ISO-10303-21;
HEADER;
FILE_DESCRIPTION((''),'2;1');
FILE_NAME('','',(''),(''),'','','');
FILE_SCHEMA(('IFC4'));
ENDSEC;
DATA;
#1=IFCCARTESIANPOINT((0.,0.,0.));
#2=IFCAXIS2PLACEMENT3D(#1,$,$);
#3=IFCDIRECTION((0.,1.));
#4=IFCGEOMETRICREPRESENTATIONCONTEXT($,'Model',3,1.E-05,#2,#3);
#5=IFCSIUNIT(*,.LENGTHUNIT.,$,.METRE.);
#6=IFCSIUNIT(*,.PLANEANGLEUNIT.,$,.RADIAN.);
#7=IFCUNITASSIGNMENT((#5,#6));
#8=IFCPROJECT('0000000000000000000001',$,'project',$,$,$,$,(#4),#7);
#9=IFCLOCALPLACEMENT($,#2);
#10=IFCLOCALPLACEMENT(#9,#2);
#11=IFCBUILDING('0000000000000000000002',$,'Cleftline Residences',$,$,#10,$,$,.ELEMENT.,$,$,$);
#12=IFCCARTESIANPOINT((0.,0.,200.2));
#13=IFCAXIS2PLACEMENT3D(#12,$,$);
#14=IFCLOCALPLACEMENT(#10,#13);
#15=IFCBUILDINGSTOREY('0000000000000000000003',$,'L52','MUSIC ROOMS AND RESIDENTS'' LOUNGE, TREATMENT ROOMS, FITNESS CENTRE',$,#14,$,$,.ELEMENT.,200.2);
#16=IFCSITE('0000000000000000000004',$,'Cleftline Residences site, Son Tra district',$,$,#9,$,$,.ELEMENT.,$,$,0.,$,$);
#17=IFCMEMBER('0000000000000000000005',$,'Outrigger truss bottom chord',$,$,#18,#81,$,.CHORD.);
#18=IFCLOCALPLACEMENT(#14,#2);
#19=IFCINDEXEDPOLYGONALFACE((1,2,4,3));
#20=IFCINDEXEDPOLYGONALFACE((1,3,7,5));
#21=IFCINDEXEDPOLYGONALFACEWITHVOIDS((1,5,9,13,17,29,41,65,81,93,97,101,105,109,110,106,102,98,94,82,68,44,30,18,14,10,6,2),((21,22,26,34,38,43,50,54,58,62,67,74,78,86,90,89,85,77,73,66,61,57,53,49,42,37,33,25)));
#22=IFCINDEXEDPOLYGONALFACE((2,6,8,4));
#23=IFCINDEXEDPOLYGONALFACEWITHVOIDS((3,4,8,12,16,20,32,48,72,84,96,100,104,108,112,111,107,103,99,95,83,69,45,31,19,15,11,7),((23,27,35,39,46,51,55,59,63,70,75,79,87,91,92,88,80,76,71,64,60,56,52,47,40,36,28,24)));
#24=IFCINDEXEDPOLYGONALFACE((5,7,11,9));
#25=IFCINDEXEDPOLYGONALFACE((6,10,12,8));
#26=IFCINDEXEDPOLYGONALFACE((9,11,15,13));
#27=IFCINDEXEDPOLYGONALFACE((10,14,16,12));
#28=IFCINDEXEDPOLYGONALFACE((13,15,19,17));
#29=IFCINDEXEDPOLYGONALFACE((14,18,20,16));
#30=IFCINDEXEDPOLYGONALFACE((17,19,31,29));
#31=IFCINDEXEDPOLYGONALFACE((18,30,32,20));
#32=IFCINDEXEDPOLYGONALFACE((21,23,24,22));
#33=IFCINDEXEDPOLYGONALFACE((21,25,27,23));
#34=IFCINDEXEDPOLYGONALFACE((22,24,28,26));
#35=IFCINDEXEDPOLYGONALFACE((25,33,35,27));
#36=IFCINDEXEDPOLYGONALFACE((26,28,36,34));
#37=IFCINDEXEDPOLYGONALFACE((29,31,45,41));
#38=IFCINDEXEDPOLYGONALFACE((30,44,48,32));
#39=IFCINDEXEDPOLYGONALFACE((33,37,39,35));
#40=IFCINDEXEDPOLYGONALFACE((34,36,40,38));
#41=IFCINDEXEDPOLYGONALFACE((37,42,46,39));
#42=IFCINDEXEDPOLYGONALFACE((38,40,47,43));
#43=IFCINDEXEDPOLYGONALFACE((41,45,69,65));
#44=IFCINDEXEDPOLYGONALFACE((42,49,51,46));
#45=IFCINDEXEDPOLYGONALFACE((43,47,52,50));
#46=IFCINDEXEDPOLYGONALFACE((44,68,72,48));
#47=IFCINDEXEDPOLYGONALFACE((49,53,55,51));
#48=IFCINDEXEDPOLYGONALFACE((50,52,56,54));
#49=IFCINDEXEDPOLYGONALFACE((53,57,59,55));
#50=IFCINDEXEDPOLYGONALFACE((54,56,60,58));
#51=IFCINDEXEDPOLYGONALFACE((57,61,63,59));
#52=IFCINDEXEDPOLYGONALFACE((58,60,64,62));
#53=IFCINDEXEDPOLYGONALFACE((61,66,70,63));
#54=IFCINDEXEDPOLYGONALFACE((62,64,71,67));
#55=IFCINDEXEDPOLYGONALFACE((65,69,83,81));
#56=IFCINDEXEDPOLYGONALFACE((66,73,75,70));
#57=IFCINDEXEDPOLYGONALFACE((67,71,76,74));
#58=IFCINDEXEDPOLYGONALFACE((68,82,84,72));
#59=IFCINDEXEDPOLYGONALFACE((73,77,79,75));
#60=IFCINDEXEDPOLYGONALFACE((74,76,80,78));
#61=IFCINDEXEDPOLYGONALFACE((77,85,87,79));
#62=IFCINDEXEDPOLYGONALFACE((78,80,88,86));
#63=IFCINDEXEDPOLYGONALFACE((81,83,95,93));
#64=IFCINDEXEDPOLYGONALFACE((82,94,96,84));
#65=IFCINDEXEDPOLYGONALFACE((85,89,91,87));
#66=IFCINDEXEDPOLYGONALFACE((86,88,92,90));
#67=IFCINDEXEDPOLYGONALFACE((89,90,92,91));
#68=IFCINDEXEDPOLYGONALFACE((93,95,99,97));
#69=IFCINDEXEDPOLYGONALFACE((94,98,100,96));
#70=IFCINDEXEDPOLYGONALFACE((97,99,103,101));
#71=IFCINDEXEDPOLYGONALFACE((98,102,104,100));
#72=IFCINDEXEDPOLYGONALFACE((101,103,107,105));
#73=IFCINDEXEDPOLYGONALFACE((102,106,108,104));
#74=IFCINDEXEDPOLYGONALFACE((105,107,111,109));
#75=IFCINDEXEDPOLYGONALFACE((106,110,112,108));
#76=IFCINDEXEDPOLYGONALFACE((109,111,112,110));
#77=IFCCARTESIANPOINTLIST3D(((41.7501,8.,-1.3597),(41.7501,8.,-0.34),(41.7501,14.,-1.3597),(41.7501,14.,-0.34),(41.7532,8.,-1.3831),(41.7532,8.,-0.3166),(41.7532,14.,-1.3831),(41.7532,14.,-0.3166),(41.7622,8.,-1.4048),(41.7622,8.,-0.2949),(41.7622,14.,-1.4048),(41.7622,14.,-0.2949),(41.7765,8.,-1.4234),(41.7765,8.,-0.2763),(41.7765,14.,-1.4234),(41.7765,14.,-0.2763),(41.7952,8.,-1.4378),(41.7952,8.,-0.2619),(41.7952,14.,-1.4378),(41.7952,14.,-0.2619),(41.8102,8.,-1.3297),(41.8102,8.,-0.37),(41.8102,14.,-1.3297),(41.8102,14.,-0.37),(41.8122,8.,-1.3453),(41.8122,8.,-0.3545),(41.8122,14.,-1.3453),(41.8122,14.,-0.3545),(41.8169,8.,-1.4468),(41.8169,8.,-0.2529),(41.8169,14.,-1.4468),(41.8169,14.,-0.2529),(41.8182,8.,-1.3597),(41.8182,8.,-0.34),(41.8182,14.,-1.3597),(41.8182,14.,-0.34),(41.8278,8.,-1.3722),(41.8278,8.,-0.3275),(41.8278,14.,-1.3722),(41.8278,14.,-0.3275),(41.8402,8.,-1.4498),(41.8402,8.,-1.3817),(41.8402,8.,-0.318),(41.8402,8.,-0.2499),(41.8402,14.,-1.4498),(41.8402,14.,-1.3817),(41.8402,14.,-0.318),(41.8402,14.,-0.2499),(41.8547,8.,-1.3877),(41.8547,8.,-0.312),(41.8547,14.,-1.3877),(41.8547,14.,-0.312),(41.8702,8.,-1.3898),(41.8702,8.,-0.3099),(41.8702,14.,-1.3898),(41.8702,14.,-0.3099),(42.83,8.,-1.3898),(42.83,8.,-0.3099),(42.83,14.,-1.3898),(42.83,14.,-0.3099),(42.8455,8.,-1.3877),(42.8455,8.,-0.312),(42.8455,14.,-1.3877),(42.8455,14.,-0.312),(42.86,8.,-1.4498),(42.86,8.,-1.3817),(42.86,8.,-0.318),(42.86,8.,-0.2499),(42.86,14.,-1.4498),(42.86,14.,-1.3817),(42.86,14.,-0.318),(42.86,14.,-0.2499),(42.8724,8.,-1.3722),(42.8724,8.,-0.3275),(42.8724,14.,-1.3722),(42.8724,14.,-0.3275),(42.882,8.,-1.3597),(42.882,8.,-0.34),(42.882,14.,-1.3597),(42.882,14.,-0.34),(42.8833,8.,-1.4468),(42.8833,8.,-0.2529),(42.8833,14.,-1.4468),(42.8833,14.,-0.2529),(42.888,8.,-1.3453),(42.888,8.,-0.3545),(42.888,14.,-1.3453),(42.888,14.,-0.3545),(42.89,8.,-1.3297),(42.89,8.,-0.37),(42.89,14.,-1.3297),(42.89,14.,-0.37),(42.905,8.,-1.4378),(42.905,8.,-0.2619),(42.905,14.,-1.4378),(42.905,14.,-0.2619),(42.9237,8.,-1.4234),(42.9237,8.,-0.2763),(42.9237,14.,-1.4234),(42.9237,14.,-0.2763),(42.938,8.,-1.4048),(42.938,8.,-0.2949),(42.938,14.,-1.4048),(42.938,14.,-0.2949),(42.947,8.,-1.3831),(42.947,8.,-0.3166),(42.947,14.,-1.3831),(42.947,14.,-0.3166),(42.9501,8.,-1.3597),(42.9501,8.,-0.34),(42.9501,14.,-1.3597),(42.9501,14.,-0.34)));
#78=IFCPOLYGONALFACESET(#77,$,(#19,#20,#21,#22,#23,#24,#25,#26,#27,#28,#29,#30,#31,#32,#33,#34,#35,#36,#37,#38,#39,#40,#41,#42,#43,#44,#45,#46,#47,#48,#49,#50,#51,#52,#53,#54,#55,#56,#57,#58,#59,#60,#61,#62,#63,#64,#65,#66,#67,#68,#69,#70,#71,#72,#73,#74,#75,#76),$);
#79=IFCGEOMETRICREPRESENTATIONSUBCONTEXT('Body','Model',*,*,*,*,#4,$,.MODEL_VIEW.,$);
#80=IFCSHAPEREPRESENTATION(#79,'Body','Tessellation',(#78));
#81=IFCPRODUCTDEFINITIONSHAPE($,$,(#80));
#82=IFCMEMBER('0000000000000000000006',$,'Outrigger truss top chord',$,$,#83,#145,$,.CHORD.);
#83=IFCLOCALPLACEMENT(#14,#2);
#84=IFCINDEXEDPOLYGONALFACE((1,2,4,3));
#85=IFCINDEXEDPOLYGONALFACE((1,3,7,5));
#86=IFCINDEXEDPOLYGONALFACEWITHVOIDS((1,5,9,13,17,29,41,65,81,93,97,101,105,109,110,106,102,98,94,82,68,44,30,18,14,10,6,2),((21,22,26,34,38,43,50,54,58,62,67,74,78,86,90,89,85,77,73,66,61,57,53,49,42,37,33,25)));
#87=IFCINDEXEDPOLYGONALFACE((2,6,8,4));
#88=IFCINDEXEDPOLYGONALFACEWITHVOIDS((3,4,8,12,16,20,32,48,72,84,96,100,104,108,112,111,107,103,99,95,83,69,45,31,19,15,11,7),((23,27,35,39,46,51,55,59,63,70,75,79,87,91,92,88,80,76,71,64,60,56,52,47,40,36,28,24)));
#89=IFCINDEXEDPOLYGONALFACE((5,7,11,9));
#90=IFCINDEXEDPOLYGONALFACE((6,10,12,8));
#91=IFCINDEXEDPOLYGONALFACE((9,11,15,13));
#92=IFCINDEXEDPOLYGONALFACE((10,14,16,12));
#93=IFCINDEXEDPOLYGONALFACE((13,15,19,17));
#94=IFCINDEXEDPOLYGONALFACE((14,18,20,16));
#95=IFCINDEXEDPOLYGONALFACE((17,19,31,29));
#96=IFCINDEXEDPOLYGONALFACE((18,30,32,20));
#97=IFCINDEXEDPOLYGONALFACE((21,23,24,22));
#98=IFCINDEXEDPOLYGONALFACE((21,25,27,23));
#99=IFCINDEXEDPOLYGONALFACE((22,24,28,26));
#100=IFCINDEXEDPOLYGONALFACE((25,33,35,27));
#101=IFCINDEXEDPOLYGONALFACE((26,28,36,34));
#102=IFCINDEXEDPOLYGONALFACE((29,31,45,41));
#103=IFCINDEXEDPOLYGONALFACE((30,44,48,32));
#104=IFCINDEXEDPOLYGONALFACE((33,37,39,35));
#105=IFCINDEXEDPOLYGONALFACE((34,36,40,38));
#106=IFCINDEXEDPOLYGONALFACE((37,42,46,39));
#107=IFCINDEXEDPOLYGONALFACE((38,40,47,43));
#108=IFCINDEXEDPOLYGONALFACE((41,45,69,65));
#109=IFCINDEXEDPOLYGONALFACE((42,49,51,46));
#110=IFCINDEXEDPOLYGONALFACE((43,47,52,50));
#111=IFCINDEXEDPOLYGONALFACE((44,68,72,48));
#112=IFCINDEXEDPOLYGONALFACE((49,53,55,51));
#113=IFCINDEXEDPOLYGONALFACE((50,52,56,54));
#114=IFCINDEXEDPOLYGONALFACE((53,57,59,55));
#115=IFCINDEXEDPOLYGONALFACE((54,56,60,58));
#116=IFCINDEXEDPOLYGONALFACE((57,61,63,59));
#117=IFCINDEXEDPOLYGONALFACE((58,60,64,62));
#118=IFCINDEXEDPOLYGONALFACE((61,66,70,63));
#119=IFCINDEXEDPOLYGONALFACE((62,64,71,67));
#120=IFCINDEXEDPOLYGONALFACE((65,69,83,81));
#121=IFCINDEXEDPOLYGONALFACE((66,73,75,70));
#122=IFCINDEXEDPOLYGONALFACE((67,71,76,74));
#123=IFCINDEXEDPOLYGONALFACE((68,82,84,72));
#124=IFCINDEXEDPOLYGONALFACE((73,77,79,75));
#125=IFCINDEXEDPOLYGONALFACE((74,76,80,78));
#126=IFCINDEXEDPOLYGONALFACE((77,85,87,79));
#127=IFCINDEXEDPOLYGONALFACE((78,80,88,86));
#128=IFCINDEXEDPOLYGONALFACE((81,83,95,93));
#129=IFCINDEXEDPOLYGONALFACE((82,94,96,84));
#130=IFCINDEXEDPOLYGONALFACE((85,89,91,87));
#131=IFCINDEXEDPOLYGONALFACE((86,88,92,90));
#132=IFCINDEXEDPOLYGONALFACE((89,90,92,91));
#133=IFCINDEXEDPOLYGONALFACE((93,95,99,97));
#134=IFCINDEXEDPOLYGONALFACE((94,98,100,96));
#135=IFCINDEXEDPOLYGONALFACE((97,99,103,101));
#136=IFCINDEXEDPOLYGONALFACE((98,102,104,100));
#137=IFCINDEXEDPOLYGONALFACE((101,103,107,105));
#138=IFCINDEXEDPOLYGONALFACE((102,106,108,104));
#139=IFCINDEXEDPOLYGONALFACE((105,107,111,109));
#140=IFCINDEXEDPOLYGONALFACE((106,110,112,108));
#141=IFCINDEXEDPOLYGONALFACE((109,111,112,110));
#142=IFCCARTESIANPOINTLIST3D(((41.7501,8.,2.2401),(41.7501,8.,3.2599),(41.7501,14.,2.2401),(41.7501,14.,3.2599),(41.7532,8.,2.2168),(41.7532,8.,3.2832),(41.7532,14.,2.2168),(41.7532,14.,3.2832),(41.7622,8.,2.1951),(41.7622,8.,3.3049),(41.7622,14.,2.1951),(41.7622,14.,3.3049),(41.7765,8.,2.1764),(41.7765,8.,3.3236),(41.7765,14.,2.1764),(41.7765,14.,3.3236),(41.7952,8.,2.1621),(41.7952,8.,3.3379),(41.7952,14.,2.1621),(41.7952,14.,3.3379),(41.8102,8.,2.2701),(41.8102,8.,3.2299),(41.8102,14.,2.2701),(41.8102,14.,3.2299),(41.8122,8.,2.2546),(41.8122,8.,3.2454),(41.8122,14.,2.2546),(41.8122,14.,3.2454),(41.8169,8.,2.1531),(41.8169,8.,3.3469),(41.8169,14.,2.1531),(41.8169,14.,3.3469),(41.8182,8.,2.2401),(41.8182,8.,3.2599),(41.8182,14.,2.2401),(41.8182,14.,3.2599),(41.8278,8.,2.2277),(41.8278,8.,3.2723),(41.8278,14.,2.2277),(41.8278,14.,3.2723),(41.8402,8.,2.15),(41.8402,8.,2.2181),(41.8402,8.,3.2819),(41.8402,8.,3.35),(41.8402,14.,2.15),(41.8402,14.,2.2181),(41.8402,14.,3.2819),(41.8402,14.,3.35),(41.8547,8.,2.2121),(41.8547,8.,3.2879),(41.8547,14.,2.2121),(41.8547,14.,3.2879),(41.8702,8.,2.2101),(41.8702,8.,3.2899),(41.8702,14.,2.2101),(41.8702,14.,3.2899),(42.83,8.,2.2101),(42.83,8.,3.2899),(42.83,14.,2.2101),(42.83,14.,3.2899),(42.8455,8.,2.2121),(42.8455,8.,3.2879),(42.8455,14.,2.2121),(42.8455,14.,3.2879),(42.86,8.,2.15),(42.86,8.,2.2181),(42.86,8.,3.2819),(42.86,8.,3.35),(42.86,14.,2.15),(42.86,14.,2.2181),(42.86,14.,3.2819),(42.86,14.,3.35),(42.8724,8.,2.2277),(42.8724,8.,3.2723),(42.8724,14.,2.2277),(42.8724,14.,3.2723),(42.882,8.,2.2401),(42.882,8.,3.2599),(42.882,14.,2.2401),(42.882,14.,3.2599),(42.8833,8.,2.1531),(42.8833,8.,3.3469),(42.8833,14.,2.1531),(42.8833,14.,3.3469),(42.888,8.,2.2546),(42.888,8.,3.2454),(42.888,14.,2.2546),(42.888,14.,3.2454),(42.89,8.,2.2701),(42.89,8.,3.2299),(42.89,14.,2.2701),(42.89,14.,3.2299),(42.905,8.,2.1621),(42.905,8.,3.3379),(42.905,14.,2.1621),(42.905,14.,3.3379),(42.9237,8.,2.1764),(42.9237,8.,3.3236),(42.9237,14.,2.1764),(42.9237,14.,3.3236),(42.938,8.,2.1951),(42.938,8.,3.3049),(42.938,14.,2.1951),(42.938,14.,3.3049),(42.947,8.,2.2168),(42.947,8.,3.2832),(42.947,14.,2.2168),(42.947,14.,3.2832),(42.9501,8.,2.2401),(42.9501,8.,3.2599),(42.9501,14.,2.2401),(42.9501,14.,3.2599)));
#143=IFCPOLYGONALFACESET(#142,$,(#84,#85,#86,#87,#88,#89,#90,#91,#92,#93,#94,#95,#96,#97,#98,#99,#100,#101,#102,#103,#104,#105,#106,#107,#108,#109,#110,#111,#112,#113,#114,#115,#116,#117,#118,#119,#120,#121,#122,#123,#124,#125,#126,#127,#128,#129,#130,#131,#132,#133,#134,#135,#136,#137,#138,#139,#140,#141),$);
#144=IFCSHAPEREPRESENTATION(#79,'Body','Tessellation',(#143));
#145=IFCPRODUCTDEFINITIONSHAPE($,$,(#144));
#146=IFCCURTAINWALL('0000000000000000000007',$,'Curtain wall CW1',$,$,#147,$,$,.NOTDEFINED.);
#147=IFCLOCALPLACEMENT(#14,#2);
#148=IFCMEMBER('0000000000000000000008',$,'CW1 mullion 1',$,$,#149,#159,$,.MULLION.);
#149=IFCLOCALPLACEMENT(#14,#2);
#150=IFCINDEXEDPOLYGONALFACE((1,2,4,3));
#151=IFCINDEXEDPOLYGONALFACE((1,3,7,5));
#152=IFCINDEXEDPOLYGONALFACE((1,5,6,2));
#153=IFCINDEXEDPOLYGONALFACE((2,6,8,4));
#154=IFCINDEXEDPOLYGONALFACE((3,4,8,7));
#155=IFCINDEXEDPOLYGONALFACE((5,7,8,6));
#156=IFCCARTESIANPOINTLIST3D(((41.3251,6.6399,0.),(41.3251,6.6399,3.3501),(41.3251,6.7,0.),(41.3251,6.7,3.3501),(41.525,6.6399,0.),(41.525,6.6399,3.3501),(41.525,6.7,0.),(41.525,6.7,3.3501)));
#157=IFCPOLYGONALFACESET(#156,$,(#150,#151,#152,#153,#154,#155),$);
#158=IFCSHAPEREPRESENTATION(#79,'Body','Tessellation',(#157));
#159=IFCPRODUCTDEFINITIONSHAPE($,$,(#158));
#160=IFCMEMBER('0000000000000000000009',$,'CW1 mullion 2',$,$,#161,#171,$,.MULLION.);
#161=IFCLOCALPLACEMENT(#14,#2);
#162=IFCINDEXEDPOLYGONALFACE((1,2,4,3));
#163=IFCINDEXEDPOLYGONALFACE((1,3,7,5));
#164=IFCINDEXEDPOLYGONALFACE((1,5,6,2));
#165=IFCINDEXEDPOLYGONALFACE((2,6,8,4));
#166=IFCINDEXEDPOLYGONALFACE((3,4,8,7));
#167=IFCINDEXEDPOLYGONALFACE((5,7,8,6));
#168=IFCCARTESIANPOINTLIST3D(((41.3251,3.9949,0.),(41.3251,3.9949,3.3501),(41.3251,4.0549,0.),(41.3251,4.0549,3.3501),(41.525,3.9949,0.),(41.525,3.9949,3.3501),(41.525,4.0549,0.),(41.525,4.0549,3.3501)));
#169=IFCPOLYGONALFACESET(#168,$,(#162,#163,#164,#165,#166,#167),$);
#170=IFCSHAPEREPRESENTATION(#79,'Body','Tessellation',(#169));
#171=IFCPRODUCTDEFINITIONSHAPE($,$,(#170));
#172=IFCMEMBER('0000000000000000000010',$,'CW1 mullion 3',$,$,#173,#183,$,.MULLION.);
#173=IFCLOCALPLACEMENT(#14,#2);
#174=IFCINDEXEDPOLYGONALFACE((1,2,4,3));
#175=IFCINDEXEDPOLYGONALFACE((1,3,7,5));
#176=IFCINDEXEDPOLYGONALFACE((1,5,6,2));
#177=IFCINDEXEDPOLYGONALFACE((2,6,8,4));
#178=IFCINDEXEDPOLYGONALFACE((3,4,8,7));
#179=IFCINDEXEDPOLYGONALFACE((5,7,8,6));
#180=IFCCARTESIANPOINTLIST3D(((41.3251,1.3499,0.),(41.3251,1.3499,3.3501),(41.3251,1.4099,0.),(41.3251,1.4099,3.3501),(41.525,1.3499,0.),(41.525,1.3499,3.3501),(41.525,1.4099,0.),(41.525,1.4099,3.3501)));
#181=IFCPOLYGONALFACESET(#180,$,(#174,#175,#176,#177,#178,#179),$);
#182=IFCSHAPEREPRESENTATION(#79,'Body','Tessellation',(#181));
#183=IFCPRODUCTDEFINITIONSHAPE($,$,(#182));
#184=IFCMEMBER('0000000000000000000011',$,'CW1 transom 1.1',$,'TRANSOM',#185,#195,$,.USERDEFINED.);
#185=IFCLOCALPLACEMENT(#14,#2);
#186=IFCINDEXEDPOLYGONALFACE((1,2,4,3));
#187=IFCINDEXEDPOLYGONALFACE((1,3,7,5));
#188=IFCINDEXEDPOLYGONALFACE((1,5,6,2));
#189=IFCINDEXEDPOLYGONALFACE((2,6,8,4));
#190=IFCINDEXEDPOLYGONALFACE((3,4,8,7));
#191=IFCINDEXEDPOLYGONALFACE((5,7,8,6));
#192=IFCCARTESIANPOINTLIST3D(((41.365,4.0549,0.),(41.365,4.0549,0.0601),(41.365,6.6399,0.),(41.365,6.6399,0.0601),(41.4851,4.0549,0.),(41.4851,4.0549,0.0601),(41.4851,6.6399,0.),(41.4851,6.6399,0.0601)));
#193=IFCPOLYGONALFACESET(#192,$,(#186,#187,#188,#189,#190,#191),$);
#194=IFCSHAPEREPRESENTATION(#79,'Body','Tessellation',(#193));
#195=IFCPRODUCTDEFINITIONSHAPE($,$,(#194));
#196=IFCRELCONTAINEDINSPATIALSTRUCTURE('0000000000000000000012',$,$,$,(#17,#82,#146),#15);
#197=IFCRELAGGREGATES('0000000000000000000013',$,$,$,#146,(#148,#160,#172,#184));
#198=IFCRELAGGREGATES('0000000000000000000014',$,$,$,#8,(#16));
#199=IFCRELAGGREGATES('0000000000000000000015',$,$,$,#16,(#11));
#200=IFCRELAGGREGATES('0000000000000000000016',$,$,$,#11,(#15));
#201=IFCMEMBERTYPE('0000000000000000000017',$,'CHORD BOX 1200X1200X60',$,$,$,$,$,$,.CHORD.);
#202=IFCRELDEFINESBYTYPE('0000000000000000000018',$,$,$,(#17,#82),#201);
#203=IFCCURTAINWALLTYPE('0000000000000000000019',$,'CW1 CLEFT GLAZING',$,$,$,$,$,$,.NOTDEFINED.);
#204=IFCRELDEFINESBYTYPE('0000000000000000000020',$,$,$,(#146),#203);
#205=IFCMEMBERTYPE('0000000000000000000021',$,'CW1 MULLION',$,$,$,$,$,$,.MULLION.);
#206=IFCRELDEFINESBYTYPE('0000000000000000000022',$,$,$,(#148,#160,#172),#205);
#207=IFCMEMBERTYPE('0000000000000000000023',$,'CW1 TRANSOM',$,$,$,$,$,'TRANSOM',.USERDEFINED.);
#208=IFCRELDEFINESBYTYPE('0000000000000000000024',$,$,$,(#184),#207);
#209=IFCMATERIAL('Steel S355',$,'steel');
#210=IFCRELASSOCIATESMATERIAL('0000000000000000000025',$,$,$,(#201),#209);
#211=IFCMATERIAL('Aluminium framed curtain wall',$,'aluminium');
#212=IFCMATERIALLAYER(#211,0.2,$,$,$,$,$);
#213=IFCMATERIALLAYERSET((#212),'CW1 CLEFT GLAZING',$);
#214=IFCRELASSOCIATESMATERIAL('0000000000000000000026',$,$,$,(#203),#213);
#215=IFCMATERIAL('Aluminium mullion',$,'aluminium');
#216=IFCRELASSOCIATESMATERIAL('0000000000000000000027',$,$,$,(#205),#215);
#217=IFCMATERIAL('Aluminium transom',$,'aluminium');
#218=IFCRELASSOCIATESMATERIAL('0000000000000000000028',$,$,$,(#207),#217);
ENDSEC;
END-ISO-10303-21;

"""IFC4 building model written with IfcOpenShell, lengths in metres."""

from ifc_helpers import new_model, si_unit, direction, frame, origin, origin_2d, place, context, subcontext, project, spatial, rectangle, hollow_rectangle, extrude, material, layer, layer_set, material_profile, profile_set, type_object, element, aggregate, save


model = new_model("IFC4")

# Units and contexts
model_context = context("Model", 3, precision=1e-05, world=origin(), true_north=direction((0.0, 1.0)))
body_context = subcontext(model_context, "Body", "Model", "MODEL_VIEW")
ifc_project = project(units=[si_unit("LENGTHUNIT", "METRE"), si_unit("PLANEANGLEUNIT", "RADIAN")], contexts=[model_context])

# Site, building, storey
site_placement = place(None, origin())
site = spatial("IfcSite", under=ifc_project, at=site_placement, Name="Cleftline Residences site, Son Tra district", CompositionType="ELEMENT", RefElevation=0.0)
building_placement = place(site_placement, origin())
building = spatial("IfcBuilding", under=site, at=building_placement, Name="Cleftline Residences", CompositionType="ELEMENT")
storey_placement = place(building_placement, frame((0.0, 0.0, 200.2)))
storey = spatial("IfcBuildingStorey", under=building, at=storey_placement, Name="L52", Description="MUSIC ROOMS AND RESIDENTS' LOUNGE, TREATMENT ROOMS, FITNESS CENTRE", CompositionType="ELEMENT", Elevation=200.2)

# Members
ifc_material_1 = material(Name="Steel S355", Category="steel")
ifc_material_profile_1 = material_profile(ifc_material_1, hollow_rectangle(XDim=1.2, YDim=1.2, WallThickness=0.0601, InnerFilletRadius=0.0601, OuterFilletRadius=0.0901, at=origin_2d()))
ifc_profile_set_1 = profile_set([ifc_material_profile_1], Name="Steel S355")
member_type_1 = type_object("IfcMemberType", Name="CHORD BOX 1200X1200X60", PredefinedType="CHORD", material=ifc_profile_set_1)
for number, where, z_axis, x_axis, name in (
    (1, (42.3501, 8.0, -0.8499), (0.0, 1.0, 0.0), (-1.0, 0.0, 0.0), "Outrigger truss bottom chord"),
    (2, (42.3501, 8.0, 2.75), (0.0, 1.0, 0.0), (-1.0, 0.0, 0.0), "Outrigger truss top chord"),
):
    element("IfcMember", number, at=place(storey_placement, frame(where, z_axis=z_axis, x_axis=x_axis)), inside=storey, type_object=member_type_1, Name=name, PredefinedType="CHORD", context=body_context, shape_type="SweptSolid", body=[
        extrude(hollow_rectangle(XDim=1.2, YDim=1.2, WallThickness=0.0601, InnerFilletRadius=0.0601, OuterFilletRadius=0.0901, at=origin_2d()), origin(), (0.0, 0.0, 1.0), 6.0),
    ])

# Curtain wall, members
ifc_material_2 = material(Name="Aluminium framed curtain wall", Category="aluminium")
ifc_layer_1 = layer(ifc_material_2, 0.2)
ifc_layer_set_1 = layer_set([ifc_layer_1], Name="CW1 CLEFT GLAZING")
curtain_wall_type = type_object("IfcCurtainWallType", Name="CW1 CLEFT GLAZING", PredefinedType="NOTDEFINED", material=ifc_layer_set_1)
curtain_wall_placement = place(storey_placement, origin())
curtain_wall = element("IfcCurtainWall", 3, at=curtain_wall_placement, inside=storey, type_object=curtain_wall_type, Name="Curtain wall CW1", PredefinedType="NOTDEFINED")
ifc_material_3 = material(Name="Aluminium mullion", Category="aluminium")
ifc_material_profile_2 = material_profile(ifc_material_3, rectangle(XDim=0.2, YDim=0.0601, at=origin_2d()))
ifc_profile_set_2 = profile_set([ifc_material_profile_2], Name="Aluminium mullion")
member_type_2 = type_object("IfcMemberType", Name="CW1 MULLION", PredefinedType="MULLION", material=ifc_profile_set_2)
member_1_placement = place(storey_placement, frame((41.425, 6.6699, 0.0), z_axis=(0.0, 0.0, 1.0), x_axis=(1.0, 0.0, 0.0)))
member_1 = element("IfcMember", 4, at=member_1_placement, type_object=member_type_2, Name="CW1 mullion 1", PredefinedType="MULLION", context=body_context, shape_type="SweptSolid", body=[
    extrude(rectangle(XDim=0.2, YDim=0.0601, at=origin_2d()), origin(), (0.0, 0.0, 1.0), 3.3501),
])
member_2_placement = place(storey_placement, frame((41.425, 4.0249, 0.0), z_axis=(0.0, 0.0, 1.0), x_axis=(1.0, 0.0, 0.0)))
member_2 = element("IfcMember", 5, at=member_2_placement, type_object=member_type_2, Name="CW1 mullion 2", PredefinedType="MULLION", context=body_context, shape_type="SweptSolid", body=[
    extrude(rectangle(XDim=0.2, YDim=0.0601, at=origin_2d()), origin(), (0.0, 0.0, 1.0), 3.3501),
])
member_3_placement = place(storey_placement, frame((41.425, 1.3799, 0.0), z_axis=(0.0, 0.0, 1.0), x_axis=(1.0, 0.0, 0.0)))
member_3 = element("IfcMember", 6, at=member_3_placement, type_object=member_type_2, Name="CW1 mullion 3", PredefinedType="MULLION", context=body_context, shape_type="SweptSolid", body=[
    extrude(rectangle(XDim=0.2, YDim=0.0601, at=origin_2d()), origin(), (0.0, 0.0, 1.0), 3.3501),
])
ifc_material_4 = material(Name="Aluminium transom", Category="aluminium")
ifc_material_profile_3 = material_profile(ifc_material_4, rectangle(XDim=0.1201, YDim=0.0601, at=origin_2d()))
ifc_profile_set_3 = profile_set([ifc_material_profile_3], Name="Aluminium transom")
member_type_3 = type_object("IfcMemberType", Name="CW1 TRANSOM", ElementType="TRANSOM", PredefinedType="USERDEFINED", material=ifc_profile_set_3)
member_4_placement = place(storey_placement, frame((41.425, 6.6399, 0.03), z_axis=(0.0, -1.0, 0.0), x_axis=(1.0, 0.0, 0.0)))
member_4 = element("IfcMember", 7, at=member_4_placement, type_object=member_type_3, Name="CW1 transom 1.1", ObjectType="TRANSOM", PredefinedType="USERDEFINED", context=body_context, shape_type="SweptSolid", body=[
    extrude(rectangle(XDim=0.1201, YDim=0.0601, at=origin_2d()), origin(), (0.0, 0.0, 1.0), 2.585),
])
aggregate(curtain_wall, [member_1, member_2, member_3, member_4])

save(model, "model.ifc")
